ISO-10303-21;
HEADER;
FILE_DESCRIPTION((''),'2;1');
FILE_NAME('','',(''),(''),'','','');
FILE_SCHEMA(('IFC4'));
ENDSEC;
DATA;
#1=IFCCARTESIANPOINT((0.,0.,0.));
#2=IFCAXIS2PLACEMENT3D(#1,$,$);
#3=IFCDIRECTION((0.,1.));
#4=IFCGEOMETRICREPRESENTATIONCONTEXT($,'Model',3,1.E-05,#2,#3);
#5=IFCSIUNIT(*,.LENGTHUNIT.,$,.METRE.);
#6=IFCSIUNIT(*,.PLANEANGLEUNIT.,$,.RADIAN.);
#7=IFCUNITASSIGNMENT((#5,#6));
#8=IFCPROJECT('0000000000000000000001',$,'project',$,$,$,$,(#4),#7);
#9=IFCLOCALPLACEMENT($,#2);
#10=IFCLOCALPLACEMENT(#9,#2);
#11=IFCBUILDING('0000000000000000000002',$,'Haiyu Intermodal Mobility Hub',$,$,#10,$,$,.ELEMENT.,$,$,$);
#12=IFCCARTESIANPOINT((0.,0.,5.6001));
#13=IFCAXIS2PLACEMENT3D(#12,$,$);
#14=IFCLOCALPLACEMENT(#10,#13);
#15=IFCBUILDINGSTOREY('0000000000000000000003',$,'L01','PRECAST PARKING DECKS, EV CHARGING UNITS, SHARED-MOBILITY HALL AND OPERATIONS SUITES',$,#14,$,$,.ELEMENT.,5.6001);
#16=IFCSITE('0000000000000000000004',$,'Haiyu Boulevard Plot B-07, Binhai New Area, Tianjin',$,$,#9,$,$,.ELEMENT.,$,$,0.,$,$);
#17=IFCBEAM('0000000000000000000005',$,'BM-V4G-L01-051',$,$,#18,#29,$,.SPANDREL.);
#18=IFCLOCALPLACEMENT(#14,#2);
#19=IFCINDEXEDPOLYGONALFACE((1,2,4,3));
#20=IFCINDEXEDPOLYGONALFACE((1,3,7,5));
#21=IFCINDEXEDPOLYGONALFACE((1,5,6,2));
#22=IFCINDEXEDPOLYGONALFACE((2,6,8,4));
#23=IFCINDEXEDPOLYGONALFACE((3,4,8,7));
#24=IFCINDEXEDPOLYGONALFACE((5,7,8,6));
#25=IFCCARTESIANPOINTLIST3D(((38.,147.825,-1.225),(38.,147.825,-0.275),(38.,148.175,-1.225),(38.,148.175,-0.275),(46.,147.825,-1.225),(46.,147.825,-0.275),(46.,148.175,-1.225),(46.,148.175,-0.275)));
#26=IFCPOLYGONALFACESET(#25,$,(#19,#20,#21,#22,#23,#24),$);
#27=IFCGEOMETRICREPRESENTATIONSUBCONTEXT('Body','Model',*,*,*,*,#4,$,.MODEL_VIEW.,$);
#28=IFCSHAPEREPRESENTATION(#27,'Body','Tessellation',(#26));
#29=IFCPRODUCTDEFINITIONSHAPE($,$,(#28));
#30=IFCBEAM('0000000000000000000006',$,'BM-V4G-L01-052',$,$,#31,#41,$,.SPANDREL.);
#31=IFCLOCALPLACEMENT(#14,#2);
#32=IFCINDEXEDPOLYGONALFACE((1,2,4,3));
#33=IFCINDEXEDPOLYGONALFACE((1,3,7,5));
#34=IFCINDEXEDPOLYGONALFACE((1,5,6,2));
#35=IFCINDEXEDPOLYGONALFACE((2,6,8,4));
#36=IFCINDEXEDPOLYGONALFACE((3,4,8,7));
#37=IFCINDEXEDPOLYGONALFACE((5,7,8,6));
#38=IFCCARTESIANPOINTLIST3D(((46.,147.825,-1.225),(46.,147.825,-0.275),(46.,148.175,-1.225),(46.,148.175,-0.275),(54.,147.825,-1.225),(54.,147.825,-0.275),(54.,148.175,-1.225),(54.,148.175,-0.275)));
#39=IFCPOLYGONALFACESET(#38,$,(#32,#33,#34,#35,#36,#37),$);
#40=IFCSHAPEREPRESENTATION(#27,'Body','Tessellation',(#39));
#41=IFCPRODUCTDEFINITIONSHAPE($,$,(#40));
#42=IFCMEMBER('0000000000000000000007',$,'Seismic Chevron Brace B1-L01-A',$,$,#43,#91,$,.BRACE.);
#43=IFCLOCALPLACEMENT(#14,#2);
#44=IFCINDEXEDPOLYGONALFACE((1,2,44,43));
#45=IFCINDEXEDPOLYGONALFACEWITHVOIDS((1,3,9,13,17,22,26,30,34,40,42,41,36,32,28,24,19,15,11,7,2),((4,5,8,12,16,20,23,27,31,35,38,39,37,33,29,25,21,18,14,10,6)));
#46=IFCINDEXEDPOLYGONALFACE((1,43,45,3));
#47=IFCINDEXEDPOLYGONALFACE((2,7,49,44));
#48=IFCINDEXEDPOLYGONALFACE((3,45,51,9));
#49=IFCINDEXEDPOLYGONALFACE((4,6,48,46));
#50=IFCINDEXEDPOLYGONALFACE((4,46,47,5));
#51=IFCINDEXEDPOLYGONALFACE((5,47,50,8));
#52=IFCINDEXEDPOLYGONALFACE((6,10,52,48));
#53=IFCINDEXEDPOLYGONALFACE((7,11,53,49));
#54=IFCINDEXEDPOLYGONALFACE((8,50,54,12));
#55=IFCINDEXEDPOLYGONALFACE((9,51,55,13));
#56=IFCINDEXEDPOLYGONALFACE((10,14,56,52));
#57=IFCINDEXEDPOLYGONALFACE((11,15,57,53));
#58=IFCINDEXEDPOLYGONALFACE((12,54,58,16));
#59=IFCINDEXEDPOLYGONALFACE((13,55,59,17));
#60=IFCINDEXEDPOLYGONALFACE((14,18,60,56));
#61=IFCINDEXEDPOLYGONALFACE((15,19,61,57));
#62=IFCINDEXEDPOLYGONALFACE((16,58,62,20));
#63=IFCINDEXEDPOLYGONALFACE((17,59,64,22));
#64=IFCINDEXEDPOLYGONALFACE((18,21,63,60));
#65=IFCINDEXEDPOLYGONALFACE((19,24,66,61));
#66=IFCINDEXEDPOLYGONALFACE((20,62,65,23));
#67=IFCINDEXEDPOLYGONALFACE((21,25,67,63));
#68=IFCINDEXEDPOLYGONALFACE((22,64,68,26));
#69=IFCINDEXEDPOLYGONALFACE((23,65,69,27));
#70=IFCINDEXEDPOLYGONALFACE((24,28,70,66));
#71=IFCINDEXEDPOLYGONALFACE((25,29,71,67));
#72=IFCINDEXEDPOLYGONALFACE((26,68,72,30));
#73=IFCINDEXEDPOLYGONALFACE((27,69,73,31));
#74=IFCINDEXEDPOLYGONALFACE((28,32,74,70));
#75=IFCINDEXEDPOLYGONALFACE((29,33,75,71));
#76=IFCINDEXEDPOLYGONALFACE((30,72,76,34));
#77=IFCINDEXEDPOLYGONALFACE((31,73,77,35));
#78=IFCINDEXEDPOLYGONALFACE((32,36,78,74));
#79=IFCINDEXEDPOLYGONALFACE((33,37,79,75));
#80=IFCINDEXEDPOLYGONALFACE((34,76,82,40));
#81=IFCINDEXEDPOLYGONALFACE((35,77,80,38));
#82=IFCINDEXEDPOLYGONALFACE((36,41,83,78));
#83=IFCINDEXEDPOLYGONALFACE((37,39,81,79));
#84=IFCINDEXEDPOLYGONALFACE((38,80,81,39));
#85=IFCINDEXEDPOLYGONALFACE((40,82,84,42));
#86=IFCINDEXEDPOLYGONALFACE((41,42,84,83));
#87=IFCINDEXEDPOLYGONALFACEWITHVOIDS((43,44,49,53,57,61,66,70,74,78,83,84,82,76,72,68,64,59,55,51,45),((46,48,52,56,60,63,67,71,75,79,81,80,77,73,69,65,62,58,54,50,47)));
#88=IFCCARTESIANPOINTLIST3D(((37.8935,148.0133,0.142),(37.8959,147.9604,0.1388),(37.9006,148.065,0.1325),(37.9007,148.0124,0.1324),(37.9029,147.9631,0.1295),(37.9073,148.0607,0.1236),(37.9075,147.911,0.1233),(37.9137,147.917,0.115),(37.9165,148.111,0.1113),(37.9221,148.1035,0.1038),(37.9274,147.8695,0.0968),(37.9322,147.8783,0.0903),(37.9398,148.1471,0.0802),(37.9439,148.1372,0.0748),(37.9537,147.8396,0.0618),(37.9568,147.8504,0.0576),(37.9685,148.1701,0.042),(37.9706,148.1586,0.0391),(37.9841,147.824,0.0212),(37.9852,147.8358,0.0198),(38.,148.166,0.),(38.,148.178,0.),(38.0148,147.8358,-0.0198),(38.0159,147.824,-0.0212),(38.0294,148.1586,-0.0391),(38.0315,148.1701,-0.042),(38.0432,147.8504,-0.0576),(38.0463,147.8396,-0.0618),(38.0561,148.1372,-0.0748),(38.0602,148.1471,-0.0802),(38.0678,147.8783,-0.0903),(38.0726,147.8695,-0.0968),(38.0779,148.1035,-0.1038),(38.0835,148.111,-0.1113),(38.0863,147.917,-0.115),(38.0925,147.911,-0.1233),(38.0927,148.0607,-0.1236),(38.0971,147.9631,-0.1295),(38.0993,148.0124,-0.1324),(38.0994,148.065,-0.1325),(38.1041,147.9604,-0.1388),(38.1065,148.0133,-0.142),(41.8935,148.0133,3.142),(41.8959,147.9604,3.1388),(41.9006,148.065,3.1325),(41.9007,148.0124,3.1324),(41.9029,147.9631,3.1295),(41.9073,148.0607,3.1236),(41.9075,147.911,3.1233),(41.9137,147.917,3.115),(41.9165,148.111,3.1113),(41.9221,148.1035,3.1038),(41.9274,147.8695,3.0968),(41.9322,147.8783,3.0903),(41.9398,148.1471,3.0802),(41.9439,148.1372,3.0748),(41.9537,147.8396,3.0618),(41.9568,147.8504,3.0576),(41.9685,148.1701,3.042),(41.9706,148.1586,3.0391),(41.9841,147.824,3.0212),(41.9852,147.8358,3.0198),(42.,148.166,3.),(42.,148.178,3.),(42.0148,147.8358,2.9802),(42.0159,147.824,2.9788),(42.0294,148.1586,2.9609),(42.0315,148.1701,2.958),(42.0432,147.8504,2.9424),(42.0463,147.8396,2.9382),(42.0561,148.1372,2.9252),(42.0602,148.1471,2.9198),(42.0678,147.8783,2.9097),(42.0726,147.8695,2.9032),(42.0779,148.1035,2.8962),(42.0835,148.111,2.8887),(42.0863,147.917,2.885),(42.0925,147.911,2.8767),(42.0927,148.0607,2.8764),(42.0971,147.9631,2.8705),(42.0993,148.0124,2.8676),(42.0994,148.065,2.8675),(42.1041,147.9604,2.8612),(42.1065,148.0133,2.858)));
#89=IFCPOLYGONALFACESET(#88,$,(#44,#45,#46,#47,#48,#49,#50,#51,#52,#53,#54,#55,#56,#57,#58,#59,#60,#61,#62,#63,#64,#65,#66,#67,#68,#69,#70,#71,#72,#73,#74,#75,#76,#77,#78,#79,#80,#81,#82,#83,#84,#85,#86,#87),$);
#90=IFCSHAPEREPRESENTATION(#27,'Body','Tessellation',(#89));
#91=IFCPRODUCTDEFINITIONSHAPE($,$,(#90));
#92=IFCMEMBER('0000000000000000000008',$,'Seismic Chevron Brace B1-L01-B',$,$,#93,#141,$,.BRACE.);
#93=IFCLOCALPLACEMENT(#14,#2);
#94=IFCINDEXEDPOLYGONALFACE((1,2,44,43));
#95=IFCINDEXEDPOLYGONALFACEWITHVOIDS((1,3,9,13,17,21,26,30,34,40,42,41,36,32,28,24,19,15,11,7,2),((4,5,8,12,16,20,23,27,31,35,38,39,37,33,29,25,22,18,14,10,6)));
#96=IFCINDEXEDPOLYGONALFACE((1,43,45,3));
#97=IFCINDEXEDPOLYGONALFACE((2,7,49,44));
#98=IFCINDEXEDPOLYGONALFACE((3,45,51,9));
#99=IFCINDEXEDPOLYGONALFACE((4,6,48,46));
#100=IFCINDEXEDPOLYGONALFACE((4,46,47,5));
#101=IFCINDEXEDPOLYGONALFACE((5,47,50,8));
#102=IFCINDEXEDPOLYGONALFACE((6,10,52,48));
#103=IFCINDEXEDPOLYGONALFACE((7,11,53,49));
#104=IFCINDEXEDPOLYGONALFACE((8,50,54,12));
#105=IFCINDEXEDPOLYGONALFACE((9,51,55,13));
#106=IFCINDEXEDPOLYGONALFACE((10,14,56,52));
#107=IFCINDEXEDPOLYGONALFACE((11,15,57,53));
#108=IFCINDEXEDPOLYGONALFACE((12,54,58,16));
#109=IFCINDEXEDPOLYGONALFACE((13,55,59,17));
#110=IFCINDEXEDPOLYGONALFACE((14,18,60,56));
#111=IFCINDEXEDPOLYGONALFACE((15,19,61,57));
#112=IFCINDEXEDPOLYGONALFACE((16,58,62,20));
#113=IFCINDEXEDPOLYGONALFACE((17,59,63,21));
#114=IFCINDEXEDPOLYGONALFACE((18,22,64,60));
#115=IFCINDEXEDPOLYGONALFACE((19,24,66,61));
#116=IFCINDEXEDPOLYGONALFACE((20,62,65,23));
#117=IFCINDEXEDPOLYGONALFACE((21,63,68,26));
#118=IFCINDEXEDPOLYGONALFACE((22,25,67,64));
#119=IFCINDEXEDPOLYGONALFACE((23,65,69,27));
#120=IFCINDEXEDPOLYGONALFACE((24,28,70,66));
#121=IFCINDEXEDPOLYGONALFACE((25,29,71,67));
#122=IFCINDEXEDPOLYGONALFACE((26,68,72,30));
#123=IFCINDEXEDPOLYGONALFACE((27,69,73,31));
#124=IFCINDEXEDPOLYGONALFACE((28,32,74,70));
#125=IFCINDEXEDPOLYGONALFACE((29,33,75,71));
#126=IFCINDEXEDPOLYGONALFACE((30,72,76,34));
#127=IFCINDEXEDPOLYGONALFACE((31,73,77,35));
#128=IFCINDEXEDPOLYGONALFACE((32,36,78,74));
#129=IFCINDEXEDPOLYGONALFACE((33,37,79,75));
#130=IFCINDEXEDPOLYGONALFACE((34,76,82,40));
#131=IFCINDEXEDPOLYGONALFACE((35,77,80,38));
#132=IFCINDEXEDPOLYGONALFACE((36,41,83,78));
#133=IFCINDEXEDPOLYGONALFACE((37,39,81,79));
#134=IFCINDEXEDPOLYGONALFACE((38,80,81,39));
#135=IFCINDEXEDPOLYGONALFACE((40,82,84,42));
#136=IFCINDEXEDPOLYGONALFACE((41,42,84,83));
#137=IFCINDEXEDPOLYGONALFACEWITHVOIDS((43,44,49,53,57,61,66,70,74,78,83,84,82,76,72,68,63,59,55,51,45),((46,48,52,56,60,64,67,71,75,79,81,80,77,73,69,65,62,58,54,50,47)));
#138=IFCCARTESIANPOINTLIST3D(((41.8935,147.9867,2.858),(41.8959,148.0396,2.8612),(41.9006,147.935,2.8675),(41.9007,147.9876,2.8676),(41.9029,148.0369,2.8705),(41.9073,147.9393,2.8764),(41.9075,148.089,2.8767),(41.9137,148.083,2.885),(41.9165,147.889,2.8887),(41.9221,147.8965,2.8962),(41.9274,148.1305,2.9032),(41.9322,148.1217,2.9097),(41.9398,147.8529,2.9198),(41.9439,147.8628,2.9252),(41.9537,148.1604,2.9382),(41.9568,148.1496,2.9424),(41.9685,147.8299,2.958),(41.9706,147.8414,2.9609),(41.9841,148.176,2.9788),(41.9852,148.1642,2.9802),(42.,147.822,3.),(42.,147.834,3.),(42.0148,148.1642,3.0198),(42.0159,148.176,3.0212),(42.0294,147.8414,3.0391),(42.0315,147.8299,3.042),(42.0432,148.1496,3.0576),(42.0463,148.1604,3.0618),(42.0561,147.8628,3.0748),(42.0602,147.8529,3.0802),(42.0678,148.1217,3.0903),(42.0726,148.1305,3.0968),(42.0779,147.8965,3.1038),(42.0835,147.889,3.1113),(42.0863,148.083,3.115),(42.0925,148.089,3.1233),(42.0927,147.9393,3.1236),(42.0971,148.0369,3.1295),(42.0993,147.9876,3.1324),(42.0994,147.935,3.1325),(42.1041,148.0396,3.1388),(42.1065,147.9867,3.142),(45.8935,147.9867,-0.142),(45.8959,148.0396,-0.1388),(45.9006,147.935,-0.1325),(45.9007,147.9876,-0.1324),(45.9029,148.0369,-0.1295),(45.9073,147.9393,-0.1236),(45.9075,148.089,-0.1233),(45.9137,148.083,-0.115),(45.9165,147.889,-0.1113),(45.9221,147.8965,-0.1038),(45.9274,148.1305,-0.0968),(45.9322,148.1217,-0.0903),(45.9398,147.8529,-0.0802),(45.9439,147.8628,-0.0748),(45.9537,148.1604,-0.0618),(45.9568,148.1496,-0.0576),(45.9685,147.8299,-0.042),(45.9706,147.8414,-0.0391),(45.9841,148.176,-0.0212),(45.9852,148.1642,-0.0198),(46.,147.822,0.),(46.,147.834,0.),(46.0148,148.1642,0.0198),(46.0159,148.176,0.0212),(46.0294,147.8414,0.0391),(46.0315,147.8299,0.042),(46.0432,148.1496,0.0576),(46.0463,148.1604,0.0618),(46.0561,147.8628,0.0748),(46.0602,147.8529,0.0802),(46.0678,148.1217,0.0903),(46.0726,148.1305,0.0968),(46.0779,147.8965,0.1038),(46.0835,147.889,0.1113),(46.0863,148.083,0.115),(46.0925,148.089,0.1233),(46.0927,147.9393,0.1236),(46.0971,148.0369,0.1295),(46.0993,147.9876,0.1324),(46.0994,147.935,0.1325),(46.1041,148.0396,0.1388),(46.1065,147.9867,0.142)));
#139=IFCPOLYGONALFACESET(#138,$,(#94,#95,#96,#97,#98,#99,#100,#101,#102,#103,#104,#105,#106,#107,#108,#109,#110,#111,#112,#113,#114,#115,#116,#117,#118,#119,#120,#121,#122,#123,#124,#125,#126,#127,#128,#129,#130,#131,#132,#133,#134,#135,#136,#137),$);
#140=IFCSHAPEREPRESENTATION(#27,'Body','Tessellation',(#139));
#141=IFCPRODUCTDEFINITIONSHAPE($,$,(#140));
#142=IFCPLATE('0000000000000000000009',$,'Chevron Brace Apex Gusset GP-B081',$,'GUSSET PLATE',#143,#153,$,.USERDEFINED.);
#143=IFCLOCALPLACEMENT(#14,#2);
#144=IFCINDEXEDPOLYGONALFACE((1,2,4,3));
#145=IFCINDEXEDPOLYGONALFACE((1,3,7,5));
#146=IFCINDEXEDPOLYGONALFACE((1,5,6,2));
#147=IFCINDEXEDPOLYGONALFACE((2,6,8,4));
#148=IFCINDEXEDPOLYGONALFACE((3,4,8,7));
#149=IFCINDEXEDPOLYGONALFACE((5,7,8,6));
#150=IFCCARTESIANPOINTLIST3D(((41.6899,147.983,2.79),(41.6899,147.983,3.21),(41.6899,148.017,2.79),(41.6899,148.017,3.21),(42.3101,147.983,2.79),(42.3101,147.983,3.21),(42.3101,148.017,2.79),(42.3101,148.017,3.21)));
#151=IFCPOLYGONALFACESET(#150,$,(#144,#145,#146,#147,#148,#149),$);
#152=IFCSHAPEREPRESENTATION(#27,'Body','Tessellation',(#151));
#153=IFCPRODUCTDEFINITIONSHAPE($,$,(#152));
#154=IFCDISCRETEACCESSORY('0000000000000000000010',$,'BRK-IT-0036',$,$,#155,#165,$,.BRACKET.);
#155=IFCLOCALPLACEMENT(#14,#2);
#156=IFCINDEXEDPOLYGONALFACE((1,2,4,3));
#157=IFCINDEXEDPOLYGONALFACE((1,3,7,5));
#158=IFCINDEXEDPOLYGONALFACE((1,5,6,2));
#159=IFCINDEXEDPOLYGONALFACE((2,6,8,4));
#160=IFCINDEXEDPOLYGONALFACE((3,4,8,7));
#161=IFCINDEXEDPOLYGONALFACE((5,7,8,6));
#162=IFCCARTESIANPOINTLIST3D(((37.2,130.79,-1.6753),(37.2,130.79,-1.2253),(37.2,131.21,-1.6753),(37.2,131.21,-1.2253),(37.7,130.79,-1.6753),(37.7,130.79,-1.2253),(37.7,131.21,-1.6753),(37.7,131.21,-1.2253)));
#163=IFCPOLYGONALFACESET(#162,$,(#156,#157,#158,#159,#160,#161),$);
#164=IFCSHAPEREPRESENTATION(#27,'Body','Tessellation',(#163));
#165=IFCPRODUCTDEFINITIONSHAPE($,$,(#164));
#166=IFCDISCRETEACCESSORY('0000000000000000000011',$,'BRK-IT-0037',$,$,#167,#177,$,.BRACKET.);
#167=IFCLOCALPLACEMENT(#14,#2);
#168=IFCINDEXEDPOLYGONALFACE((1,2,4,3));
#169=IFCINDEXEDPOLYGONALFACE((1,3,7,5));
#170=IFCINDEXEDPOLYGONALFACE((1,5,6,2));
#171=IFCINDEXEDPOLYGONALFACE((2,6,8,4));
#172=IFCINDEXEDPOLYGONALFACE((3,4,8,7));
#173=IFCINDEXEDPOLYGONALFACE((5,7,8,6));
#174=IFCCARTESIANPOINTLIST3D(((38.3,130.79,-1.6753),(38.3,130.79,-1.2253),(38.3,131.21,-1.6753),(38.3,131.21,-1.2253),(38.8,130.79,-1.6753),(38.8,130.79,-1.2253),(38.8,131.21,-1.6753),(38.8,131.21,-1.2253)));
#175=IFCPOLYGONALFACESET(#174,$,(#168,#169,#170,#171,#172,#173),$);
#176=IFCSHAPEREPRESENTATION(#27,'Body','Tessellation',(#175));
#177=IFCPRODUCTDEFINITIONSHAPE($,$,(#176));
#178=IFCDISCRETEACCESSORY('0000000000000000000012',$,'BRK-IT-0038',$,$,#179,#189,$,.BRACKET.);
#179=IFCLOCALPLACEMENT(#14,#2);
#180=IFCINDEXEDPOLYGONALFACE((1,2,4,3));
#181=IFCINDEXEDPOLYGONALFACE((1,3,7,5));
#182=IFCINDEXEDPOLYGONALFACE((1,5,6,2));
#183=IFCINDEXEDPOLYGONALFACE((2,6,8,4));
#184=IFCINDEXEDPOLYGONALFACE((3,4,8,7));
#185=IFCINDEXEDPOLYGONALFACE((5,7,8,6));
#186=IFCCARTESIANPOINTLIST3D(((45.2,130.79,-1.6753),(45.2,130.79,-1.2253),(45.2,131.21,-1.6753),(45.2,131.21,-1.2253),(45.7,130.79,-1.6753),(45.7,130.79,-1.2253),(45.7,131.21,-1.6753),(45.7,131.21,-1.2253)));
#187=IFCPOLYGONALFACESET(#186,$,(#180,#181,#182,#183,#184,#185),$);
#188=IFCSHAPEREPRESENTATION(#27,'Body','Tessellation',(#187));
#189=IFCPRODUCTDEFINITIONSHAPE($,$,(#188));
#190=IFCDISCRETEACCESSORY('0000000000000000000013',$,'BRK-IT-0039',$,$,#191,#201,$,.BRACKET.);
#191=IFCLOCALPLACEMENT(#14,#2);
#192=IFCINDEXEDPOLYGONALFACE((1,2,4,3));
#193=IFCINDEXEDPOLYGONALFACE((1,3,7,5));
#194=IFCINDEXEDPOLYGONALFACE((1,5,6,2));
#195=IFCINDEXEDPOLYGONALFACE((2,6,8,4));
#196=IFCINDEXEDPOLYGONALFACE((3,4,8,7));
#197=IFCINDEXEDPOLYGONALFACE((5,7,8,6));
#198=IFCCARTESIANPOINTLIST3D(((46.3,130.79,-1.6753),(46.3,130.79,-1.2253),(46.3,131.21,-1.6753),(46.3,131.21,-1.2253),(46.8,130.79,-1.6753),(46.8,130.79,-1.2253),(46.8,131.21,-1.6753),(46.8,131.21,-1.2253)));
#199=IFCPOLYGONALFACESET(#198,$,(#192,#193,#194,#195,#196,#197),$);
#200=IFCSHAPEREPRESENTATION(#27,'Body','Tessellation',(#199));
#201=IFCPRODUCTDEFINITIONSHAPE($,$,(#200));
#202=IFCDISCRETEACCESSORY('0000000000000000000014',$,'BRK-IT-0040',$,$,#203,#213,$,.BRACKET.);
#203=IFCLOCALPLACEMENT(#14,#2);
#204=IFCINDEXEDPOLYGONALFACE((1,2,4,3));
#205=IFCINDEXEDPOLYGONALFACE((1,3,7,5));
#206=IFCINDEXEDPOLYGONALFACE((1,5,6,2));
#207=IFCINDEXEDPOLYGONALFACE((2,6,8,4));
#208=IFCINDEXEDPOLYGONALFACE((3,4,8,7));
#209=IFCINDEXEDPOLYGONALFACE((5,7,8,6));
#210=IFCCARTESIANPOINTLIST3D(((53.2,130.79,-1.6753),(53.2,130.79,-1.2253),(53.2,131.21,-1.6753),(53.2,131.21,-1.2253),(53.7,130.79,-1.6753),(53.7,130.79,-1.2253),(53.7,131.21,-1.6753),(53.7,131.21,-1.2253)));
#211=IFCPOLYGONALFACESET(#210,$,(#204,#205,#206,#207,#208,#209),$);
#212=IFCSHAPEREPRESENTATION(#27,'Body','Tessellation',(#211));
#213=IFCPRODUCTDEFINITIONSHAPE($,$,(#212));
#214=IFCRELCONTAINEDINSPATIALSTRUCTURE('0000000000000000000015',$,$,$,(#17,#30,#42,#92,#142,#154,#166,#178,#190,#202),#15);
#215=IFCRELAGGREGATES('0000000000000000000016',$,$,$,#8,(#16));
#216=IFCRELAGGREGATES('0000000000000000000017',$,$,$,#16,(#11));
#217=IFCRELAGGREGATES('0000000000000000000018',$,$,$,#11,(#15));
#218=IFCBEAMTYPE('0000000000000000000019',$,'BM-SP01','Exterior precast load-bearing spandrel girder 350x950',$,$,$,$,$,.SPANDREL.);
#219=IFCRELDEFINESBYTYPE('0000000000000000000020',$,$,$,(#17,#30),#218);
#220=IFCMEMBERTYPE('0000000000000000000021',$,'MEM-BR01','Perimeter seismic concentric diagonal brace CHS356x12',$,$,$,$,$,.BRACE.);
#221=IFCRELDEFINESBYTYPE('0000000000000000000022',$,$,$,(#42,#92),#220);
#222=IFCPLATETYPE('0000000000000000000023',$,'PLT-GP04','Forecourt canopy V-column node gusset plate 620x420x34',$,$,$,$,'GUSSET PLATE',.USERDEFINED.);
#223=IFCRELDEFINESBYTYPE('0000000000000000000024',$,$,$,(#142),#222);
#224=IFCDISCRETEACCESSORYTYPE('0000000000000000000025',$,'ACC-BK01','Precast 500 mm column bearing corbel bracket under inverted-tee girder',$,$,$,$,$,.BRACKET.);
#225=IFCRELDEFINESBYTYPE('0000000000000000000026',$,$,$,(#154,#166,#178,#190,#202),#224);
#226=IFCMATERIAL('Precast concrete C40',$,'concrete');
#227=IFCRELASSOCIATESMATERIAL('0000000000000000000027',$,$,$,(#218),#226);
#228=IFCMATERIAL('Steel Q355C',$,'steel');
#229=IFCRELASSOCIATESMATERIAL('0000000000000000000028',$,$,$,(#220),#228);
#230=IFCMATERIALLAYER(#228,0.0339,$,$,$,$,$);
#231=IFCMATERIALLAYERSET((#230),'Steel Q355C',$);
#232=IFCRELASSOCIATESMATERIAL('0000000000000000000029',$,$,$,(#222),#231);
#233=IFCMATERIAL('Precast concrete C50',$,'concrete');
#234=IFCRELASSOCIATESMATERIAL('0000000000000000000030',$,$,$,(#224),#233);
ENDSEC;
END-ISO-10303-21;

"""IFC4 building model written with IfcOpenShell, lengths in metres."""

from ifc_helpers import new_model, si_unit, direction, frame, origin, origin_2d, place, context, subcontext, project, spatial, rectangle, hollow_circle, extrude, material, layer, layer_set, material_profile, profile_set, type_object, element, save


model = new_model("IFC4")

# Units and contexts
model_context = context("Model", 3, precision=1e-05, world=origin(), true_north=direction((0.0, 1.0)))
body_context = subcontext(model_context, "Body", "Model", "MODEL_VIEW")
ifc_project = project(units=[si_unit("LENGTHUNIT", "METRE"), si_unit("PLANEANGLEUNIT", "RADIAN")], contexts=[model_context])

# Site, building, storey
site_placement = place(None, origin())
site = spatial("IfcSite", under=ifc_project, at=site_placement, Name="Haiyu Boulevard Plot B-07, Binhai New Area, Tianjin", CompositionType="ELEMENT", RefElevation=0.0)
building_placement = place(site_placement, origin())
building = spatial("IfcBuilding", under=site, at=building_placement, Name="Haiyu Intermodal Mobility Hub", CompositionType="ELEMENT")
storey_placement = place(building_placement, frame((0.0, 0.0, 5.6001)))
storey = spatial("IfcBuildingStorey", under=building, at=storey_placement, Name="L01", Description="PRECAST PARKING DECKS, EV CHARGING UNITS, SHARED-MOBILITY HALL AND OPERATIONS SUITES", CompositionType="ELEMENT", Elevation=5.6001)

# Shared definitions
ifc_material_1 = material(Name="Precast concrete C40", Category="concrete")

# Beams
ifc_material_2 = material(Name="Precast concrete C50", Category="concrete")
ifc_material_profile_1 = material_profile(ifc_material_1, rectangle(XDim=0.3501, YDim=0.95, at=origin_2d()), Name="PC350x950")
ifc_profile_set_1 = profile_set([ifc_material_profile_1], Name="Precast concrete C40")
beam_type_1 = type_object("IfcBeamType", Name="BM-SP01", Description="Exterior precast load-bearing spandrel girder 350x950", PredefinedType="SPANDREL", material=ifc_profile_set_1)
for number, where, z_axis, x_axis, name in (
    (1, (38.0, 148.0, -0.75), (1.0, 0.0, 0.0), (0.0, 1.0, 0.0), "BM-V4G-L01-051"),
    (2, (46.0, 148.0, -0.75), (1.0, 0.0, 0.0), (0.0, 1.0, 0.0), "BM-V4G-L01-052"),
):
    element("IfcBeam", number, at=place(storey_placement, frame(where, z_axis=z_axis, x_axis=x_axis)), inside=storey, type_object=beam_type_1, Name=name, PredefinedType="SPANDREL", context=body_context, shape_type="SweptSolid", body=[
        extrude(rectangle(XDim=0.3501, YDim=0.95, at=origin_2d()), origin(), (0.0, 0.0, 1.0), 8.0),
    ])

# Members
ifc_material_3 = material(Name="Steel Q355C", Category="steel")
ifc_material_profile_2 = material_profile(ifc_material_3, hollow_circle(Radius=0.178, WallThickness=0.012, at=origin_2d()), Name="CHS356x12")
ifc_profile_set_2 = profile_set([ifc_material_profile_2], Name="Steel Q355C")
member_type = type_object("IfcMemberType", Name="MEM-BR01", Description="Perimeter seismic concentric diagonal brace CHS356x12", PredefinedType="BRACE", material=ifc_profile_set_2)
for number, where, z_axis, x_axis, name in (
    (3, (38.0, 148.0, 0.0), (0.8, 0.0, 0.6), (0.0, 1.0, 0.0), "Seismic Chevron Brace B1-L01-A"),
    (4, (46.0, 148.0, 0.0), (-0.8, 0.0, 0.6), (0.0, -1.0, 0.0), "Seismic Chevron Brace B1-L01-B"),
):
    element("IfcMember", number, at=place(storey_placement, frame(where, z_axis=z_axis, x_axis=x_axis)), inside=storey, type_object=member_type, Name=name, PredefinedType="BRACE", context=body_context, shape_type="SweptSolid", body=[
        extrude(hollow_circle(Radius=0.178, WallThickness=0.012, at=origin_2d()), origin(), (0.0, 0.0, 1.0), 5.0),
    ])

# Plate
ifc_layer = layer(ifc_material_3, 0.0339)
ifc_layer_set = layer_set([ifc_layer], Name="Steel Q355C")
plate_type = type_object("IfcPlateType", Name="PLT-GP04", Description="Forecourt canopy V-column node gusset plate 620x420x34", ElementType="GUSSET PLATE", PredefinedType="USERDEFINED", material=ifc_layer_set)
plate_placement = place(storey_placement, frame((42.0, 148.0, 2.79), z_axis=(0.0, 0.0, 1.0), x_axis=(1.0, 0.0, 0.0)))
element("IfcPlate", 5, at=plate_placement, inside=storey, type_object=plate_type, Name="Chevron Brace Apex Gusset GP-B081", ObjectType="GUSSET PLATE", PredefinedType="USERDEFINED", context=body_context, shape_type="SweptSolid", body=[
    extrude(rectangle(XDim=0.6201, YDim=0.0339, at=origin_2d()), origin(), (0.0, 0.0, 1.0), 0.4199),
])

# Discrete accessories
discrete_accessory_type_1 = type_object("IfcDiscreteAccessoryType", Name="ACC-BK01", Description="Precast 500 mm column bearing corbel bracket under inverted-tee girder", PredefinedType="BRACKET", material=ifc_material_2)
for number, where, z_axis, x_axis, name in (
    (6, (37.45, 131.0, -1.6753), (0.0, 0.0, 1.0), (1.0, 0.0, 0.0), "BRK-IT-0036"),
    (7, (38.55, 131.0, -1.6753), (0.0, 0.0, 1.0), (1.0, 0.0, 0.0), "BRK-IT-0037"),
    (8, (45.45, 131.0, -1.6753), (0.0, 0.0, 1.0), (1.0, 0.0, 0.0), "BRK-IT-0038"),
    (9, (46.55, 131.0, -1.6753), (0.0, 0.0, 1.0), (1.0, 0.0, 0.0), "BRK-IT-0039"),
    (10, (53.45, 131.0, -1.6753), (0.0, 0.0, 1.0), (1.0, 0.0, 0.0), "BRK-IT-0040"),
):
    element("IfcDiscreteAccessory", number, at=place(storey_placement, frame(where, z_axis=z_axis, x_axis=x_axis)), inside=storey, type_object=discrete_accessory_type_1, Name=name, PredefinedType="BRACKET", context=body_context, shape_type="SweptSolid", body=[
        extrude(rectangle(XDim=0.5, YDim=0.4199, at=origin_2d()), origin(), (0.0, 0.0, 1.0), 0.45),
    ])

save(model, "model.ifc")
